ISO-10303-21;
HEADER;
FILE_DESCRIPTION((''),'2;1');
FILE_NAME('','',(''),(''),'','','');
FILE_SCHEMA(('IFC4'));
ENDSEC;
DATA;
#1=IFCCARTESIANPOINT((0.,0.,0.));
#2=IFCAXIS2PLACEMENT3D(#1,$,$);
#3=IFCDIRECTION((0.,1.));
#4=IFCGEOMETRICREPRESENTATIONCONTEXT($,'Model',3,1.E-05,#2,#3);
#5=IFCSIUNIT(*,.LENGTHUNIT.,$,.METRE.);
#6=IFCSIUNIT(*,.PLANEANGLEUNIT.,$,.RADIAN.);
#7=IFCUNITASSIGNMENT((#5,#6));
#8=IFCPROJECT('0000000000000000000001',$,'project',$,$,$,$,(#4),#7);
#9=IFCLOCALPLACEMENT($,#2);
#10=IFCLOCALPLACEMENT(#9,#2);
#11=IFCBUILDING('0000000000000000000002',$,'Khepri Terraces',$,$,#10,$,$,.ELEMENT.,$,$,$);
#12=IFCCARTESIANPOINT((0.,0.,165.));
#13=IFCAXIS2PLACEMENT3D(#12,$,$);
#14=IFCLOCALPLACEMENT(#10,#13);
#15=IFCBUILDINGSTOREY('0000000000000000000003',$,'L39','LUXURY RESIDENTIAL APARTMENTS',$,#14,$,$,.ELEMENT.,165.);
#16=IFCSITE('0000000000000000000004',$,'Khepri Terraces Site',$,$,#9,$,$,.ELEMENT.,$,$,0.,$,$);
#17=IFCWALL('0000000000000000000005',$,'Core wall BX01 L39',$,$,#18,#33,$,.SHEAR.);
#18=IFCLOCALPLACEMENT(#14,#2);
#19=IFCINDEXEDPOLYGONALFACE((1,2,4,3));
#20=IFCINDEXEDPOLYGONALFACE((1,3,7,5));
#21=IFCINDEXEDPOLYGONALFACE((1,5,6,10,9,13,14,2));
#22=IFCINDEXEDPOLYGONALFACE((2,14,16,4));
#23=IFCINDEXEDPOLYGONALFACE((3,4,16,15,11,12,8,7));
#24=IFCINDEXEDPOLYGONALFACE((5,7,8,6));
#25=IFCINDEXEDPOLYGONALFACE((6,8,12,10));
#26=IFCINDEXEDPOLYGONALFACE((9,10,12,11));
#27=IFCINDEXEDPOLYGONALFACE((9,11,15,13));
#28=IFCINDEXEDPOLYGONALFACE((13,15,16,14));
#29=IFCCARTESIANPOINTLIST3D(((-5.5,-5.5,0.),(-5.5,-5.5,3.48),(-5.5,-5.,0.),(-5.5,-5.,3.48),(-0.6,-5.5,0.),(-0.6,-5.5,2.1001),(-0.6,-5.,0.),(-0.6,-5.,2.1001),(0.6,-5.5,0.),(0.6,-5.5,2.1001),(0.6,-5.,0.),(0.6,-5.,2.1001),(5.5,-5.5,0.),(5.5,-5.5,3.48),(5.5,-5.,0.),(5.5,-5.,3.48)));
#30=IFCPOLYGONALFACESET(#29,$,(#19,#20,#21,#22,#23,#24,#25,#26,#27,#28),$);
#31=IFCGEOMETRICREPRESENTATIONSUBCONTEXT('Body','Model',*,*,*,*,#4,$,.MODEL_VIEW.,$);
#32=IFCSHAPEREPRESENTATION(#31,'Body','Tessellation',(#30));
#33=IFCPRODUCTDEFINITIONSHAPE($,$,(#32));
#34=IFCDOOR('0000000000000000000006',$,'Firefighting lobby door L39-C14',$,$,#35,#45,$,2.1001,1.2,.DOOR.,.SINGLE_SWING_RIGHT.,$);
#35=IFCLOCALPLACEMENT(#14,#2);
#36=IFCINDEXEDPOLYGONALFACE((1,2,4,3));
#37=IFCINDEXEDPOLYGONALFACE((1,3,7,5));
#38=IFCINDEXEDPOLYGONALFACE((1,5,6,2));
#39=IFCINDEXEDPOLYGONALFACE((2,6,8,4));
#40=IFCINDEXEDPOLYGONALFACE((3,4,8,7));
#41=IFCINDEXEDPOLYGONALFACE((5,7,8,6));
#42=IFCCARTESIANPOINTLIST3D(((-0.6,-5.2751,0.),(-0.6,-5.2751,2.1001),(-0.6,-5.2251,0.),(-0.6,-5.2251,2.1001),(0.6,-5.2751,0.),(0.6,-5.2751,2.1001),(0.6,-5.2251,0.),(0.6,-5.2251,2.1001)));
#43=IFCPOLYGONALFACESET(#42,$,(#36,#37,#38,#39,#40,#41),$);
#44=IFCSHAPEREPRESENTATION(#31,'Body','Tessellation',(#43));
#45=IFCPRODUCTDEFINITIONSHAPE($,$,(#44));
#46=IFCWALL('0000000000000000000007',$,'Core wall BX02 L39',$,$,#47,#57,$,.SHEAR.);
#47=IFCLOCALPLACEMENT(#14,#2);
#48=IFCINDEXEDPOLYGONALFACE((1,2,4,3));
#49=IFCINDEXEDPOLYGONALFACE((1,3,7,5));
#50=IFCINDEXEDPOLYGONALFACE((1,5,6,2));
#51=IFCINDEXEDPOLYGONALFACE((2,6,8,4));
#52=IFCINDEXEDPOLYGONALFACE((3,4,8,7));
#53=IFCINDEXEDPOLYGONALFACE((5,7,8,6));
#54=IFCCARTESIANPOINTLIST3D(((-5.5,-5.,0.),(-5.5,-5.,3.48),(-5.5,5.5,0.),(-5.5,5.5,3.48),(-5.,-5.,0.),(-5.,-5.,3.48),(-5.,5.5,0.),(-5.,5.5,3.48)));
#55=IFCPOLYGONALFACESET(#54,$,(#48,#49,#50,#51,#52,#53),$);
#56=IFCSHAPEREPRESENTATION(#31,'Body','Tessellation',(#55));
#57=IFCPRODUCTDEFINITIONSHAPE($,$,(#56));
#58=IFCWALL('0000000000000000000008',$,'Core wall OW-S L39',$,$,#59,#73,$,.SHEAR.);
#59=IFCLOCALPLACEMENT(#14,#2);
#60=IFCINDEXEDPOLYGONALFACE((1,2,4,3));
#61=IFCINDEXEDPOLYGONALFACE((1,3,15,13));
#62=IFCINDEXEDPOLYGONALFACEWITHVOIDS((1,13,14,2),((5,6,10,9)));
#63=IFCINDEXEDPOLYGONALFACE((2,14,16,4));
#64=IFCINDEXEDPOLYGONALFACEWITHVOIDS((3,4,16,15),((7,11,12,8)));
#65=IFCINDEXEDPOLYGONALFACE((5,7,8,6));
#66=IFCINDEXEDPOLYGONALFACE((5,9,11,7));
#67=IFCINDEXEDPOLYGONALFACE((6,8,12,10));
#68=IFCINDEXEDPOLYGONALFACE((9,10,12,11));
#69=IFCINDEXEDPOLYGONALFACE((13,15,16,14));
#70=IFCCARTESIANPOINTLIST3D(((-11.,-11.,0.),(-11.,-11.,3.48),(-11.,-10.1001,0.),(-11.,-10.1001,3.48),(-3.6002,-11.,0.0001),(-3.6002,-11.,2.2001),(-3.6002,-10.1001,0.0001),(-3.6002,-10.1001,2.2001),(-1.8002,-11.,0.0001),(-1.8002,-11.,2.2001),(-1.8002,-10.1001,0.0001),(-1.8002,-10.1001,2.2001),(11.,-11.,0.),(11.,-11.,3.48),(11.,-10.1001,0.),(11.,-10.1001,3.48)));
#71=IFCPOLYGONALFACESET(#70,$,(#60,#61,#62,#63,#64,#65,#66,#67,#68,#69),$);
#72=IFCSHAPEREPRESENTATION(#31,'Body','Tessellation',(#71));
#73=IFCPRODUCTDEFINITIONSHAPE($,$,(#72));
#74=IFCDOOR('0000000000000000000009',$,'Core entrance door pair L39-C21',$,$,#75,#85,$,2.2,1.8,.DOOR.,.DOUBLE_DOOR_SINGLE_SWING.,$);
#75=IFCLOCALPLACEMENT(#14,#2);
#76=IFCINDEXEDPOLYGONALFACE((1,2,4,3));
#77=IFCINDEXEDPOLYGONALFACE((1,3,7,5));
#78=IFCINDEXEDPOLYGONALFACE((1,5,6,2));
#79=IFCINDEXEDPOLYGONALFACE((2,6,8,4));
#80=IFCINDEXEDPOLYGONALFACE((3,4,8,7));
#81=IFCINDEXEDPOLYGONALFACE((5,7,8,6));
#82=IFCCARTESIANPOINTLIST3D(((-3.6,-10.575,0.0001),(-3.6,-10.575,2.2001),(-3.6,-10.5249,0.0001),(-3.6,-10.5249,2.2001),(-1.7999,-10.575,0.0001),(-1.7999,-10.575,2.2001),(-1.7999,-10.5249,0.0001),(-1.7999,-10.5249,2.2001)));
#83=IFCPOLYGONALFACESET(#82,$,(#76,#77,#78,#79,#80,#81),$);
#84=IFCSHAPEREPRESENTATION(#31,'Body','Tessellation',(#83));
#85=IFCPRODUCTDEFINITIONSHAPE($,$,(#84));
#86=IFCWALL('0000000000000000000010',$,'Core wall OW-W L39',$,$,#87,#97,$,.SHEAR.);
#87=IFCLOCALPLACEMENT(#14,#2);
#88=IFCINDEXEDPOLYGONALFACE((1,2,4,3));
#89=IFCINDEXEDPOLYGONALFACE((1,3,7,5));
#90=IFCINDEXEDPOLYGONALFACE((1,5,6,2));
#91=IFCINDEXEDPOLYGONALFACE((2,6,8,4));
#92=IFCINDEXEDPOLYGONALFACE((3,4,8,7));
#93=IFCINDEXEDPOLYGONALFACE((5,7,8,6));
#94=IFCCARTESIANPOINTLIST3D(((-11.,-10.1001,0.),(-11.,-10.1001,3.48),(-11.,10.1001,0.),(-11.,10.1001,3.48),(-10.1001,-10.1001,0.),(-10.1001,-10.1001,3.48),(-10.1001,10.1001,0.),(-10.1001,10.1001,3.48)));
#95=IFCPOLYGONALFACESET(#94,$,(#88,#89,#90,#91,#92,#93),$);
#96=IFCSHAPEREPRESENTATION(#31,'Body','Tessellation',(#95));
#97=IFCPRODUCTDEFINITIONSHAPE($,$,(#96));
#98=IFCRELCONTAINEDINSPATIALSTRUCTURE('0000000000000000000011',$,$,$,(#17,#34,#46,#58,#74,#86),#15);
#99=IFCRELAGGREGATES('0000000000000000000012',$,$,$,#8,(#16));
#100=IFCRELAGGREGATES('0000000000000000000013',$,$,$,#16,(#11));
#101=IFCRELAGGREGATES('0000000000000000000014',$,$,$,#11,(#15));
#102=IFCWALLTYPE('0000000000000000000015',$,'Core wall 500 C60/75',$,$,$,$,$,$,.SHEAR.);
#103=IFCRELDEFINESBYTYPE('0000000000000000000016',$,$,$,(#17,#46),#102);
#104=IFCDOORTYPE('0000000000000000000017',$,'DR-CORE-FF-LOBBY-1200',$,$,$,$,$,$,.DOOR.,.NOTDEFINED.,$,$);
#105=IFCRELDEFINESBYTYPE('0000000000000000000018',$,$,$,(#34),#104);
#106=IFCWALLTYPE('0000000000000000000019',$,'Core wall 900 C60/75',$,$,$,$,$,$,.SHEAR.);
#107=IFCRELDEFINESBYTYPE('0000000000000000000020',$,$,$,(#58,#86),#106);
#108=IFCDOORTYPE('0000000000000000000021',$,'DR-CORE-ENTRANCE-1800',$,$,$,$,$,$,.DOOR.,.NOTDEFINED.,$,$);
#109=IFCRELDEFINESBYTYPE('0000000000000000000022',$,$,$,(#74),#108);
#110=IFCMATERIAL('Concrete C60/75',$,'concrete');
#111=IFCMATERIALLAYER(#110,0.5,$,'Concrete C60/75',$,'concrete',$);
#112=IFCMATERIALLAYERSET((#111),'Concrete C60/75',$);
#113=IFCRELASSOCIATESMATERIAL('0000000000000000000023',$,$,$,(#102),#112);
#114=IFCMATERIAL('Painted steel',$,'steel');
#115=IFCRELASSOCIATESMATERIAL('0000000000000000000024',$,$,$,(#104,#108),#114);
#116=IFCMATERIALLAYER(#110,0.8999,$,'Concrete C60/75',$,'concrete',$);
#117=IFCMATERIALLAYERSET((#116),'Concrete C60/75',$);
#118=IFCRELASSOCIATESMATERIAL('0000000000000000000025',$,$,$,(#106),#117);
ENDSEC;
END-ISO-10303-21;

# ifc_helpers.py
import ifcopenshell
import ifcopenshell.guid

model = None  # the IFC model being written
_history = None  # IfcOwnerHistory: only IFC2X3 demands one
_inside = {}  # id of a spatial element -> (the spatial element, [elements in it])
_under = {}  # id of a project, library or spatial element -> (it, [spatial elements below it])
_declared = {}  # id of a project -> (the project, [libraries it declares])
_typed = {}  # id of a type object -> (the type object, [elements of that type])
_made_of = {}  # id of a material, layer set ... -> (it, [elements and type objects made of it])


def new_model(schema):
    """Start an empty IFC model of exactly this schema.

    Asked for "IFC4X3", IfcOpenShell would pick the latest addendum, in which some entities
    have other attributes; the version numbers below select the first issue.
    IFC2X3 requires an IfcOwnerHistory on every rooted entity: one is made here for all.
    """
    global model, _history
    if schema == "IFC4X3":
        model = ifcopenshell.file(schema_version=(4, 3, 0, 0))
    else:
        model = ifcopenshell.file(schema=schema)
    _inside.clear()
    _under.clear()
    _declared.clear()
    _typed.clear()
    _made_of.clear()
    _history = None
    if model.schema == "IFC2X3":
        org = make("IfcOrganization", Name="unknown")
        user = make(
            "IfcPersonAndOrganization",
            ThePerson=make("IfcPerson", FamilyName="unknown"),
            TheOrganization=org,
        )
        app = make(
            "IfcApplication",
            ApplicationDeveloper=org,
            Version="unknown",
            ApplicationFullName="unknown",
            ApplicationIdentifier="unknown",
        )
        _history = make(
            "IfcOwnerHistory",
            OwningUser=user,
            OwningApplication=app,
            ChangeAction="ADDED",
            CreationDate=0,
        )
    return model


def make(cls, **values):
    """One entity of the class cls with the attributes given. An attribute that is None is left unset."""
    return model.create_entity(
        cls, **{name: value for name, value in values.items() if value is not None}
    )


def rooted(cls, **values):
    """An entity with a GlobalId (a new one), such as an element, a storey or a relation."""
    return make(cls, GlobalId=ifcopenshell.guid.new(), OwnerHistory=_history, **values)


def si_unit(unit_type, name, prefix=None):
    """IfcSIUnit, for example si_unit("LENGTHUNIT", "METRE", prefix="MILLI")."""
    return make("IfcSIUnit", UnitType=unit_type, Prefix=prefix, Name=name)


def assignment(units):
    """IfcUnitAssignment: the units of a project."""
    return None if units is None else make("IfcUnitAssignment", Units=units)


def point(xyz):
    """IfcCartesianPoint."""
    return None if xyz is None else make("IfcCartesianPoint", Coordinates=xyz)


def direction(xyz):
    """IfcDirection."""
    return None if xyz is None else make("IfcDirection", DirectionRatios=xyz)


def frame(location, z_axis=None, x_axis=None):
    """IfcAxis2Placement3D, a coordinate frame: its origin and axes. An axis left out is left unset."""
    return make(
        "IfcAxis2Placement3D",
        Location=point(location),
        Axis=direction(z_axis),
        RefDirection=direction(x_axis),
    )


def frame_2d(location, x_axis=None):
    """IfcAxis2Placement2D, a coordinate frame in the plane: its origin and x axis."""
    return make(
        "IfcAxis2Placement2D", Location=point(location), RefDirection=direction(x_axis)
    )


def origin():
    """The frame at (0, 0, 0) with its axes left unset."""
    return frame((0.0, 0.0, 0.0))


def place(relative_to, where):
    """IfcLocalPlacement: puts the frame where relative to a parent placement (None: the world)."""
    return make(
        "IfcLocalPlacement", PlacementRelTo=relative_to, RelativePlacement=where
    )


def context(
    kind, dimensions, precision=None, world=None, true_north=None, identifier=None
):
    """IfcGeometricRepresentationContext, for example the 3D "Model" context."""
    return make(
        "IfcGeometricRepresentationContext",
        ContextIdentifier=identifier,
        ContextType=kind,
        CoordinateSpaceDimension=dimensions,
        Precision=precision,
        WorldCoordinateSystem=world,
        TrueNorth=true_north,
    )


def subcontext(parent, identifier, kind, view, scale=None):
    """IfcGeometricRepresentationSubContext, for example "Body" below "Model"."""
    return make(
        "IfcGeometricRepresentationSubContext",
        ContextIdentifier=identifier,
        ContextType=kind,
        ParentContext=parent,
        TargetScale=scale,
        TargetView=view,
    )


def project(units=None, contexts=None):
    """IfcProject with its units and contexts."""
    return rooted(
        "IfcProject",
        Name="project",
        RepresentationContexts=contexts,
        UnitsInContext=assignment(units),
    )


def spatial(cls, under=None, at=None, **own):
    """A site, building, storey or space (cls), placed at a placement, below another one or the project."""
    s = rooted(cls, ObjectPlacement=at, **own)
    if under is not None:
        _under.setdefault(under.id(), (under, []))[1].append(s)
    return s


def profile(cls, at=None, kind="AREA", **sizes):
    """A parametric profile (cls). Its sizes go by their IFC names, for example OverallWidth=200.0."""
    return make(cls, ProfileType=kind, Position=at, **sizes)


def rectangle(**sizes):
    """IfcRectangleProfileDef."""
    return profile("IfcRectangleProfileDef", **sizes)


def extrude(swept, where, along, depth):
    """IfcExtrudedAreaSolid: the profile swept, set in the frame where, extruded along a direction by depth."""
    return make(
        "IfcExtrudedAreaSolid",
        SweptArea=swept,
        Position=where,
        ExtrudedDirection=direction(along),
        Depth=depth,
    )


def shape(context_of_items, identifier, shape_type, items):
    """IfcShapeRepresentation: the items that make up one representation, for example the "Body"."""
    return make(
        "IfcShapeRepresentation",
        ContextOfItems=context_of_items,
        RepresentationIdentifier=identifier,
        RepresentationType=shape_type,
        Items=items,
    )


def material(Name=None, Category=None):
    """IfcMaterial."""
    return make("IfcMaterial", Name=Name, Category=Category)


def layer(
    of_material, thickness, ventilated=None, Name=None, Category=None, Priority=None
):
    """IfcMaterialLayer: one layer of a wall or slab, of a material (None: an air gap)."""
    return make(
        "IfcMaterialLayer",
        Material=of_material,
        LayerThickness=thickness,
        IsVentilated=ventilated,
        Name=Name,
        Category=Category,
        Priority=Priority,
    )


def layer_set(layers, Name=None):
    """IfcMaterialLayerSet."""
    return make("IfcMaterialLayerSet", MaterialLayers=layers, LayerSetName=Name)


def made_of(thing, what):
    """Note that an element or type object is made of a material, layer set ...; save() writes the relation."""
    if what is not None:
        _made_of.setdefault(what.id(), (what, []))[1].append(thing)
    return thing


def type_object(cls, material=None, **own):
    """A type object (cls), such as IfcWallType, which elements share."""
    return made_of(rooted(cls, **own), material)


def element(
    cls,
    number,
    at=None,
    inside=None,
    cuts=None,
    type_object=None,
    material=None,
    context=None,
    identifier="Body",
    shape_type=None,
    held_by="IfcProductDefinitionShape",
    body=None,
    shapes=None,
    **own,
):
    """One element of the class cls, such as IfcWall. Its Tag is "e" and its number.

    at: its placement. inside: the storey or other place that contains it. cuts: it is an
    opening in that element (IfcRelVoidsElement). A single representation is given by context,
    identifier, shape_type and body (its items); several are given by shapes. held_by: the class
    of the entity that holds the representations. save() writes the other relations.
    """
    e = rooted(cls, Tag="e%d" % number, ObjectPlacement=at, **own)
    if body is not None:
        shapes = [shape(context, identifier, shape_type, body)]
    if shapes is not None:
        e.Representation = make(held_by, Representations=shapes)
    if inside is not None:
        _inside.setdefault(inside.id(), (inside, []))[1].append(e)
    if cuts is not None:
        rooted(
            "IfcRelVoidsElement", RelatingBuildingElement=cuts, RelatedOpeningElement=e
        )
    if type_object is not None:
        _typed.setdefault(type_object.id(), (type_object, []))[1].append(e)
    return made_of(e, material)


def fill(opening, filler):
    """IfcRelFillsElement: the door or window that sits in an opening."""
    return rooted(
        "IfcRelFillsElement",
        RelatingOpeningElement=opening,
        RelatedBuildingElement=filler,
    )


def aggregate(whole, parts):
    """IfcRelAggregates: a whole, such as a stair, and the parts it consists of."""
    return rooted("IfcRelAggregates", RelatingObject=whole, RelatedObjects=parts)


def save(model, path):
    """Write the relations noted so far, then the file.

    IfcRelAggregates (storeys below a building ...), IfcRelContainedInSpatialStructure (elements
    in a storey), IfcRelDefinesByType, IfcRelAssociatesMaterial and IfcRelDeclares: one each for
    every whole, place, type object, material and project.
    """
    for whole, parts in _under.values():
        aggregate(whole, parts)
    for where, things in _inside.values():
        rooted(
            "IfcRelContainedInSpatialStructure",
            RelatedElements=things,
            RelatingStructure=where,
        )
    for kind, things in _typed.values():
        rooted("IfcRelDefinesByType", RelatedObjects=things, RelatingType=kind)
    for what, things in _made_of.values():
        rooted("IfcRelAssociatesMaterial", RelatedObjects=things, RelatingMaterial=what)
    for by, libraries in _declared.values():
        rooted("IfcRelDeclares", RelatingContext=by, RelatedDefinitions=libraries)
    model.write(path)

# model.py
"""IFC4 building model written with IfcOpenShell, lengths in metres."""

from ifc_helpers import new_model, si_unit, direction, frame, frame_2d, origin, place, context, subcontext, project, spatial, rectangle, extrude, material, layer, layer_set, type_object, element, fill, save


model = new_model("IFC4")

# Units and contexts
model_context = context("Model", 3, precision=1e-05, world=origin(), true_north=direction((0.0, 1.0)))
body_context = subcontext(model_context, "Body", "Model", "MODEL_VIEW")
ifc_project = project(units=[si_unit("LENGTHUNIT", "METRE"), si_unit("PLANEANGLEUNIT", "RADIAN")], contexts=[model_context])

# Site, building, storey
site_placement = place(None, origin())
site = spatial("IfcSite", under=ifc_project, at=site_placement, Name="Khepri Terraces Site", CompositionType="ELEMENT", RefElevation=0.0)
building_placement = place(site_placement, origin())
building = spatial("IfcBuilding", under=site, at=building_placement, Name="Khepri Terraces", CompositionType="ELEMENT")
storey_placement = place(building_placement, frame((0.0, 0.0, 165.0)))
storey = spatial("IfcBuildingStorey", under=building, at=storey_placement, Name="L39", Description="LUXURY RESIDENTIAL APARTMENTS", CompositionType="ELEMENT", Elevation=165.0)

# Shared definitions
ifc_material_1 = material(Name="Concrete C60/75", Category="concrete")

# Shared definitions
ifc_material_2 = material(Name="Painted steel", Category="steel")

# Wall, opening, door
ifc_layer_1 = layer(ifc_material_1, 0.5, Name="Concrete C60/75", Category="concrete")
ifc_layer_set_1 = layer_set([ifc_layer_1], Name="Concrete C60/75")
wall_type_1 = type_object("IfcWallType", Name="Core wall 500 C60/75", PredefinedType="SHEAR", material=ifc_layer_set_1)
wall_1_placement = place(storey_placement, frame((-5.5, -5.25, 0.0), z_axis=(0.0, 0.0, 1.0), x_axis=(1.0, 0.0, 0.0)))
wall_1 = element("IfcWall", 1, at=wall_1_placement, inside=storey, type_object=wall_type_1, Name="Core wall BX01 L39", PredefinedType="SHEAR", context=body_context, shape_type="SweptSolid", body=[
    extrude(rectangle(XDim=11.0, YDim=0.5, at=frame_2d((5.5, 0.0))), origin(), (0.0, 0.0, 1.0), 3.48),
])
opening_1_placement = place(wall_1_placement, frame((4.8999, 0.0, 0.0)))
opening_1 = element("IfcOpeningElement", 2, at=opening_1_placement, cuts=wall_1, PredefinedType="OPENING", context=body_context, shape_type="SweptSolid", body=[
    extrude(rectangle(XDim=1.2, YDim=2.1001, at=frame_2d((0.6001, 1.05))), frame((0.0, 0.26, 0.0), z_axis=(0.0, -1.0, 0.0), x_axis=(1.0, 0.0, 0.0)), (0.0, 0.0, 1.0), 0.52),
])
door_type_1 = type_object("IfcDoorType", Name="DR-CORE-FF-LOBBY-1200", OperationType="NOTDEFINED", PredefinedType="DOOR", material=ifc_material_2)
door_1_placement = place(opening_1_placement, origin())
door_1 = element("IfcDoor", 3, at=door_1_placement, inside=storey, type_object=door_type_1, Name="Firefighting lobby door L39-C14", OperationType="SINGLE_SWING_RIGHT", OverallHeight=2.1001, OverallWidth=1.2, PredefinedType="DOOR", context=body_context, shape_type="SweptSolid", body=[
    extrude(rectangle(XDim=1.2, YDim=2.1001, at=frame_2d((0.6001, 1.05))), frame((0.0, 0.0249, 0.0), z_axis=(0.0, -1.0, 0.0), x_axis=(1.0, 0.0, 0.0)), (0.0, 0.0, 1.0), 0.05),
])
fill(opening_1, door_1)

# Wall
wall_2_placement = place(storey_placement, frame((-5.25, -5.0, 0.0), z_axis=(0.0, 0.0, 1.0), x_axis=(0.0, 1.0, 0.0)))
element("IfcWall", 4, at=wall_2_placement, inside=storey, type_object=wall_type_1, Name="Core wall BX02 L39", PredefinedType="SHEAR", context=body_context, shape_type="SweptSolid", body=[
    extrude(rectangle(XDim=10.5, YDim=0.5, at=frame_2d((5.25, 0.0))), origin(), (0.0, 0.0, 1.0), 3.48),
])

# Wall, opening, door
ifc_layer_2 = layer(ifc_material_1, 0.8999, Name="Concrete C60/75", Category="concrete")
ifc_layer_set_2 = layer_set([ifc_layer_2], Name="Concrete C60/75")
wall_type_2 = type_object("IfcWallType", Name="Core wall 900 C60/75", PredefinedType="SHEAR", material=ifc_layer_set_2)
wall_3_placement = place(storey_placement, frame((-11.0, -10.55, 0.0), z_axis=(0.0, 0.0, 1.0), x_axis=(1.0, 0.0, 0.0)))
wall_3 = element("IfcWall", 5, at=wall_3_placement, inside=storey, type_object=wall_type_2, Name="Core wall OW-S L39", PredefinedType="SHEAR", context=body_context, shape_type="SweptSolid", body=[
    extrude(rectangle(XDim=22.0, YDim=0.8999, at=frame_2d((11.0, 0.0))), origin(), (0.0, 0.0, 1.0), 3.48),
])
opening_2_placement = place(wall_3_placement, frame((7.3999, 0.0, 0.0)))
opening_2 = element("IfcOpeningElement", 6, at=opening_2_placement, cuts=wall_3, PredefinedType="OPENING", context=body_context, shape_type="SweptSolid", body=[
    extrude(rectangle(XDim=1.8, YDim=2.2, at=frame_2d((0.8999, 1.1001))), frame((0.0, 0.46, 0.0), z_axis=(0.0, -1.0, 0.0), x_axis=(1.0, 0.0, 0.0)), (0.0, 0.0, 1.0), 0.9199),
])
door_type_2 = type_object("IfcDoorType", Name="DR-CORE-ENTRANCE-1800", OperationType="NOTDEFINED", PredefinedType="DOOR", material=ifc_material_2)
door_2_placement = place(opening_2_placement, frame((1.8, 0.0, 0.0), z_axis=(0.0, 0.0, 1.0), x_axis=(-1.0, 0.0, 0.0)))
door_2 = element("IfcDoor", 7, at=door_2_placement, inside=storey, type_object=door_type_2, Name="Core entrance door pair L39-C21", OperationType="DOUBLE_DOOR_SINGLE_SWING", OverallHeight=2.2, OverallWidth=1.8, PredefinedType="DOOR", context=body_context, shape_type="SweptSolid", body=[
    extrude(rectangle(XDim=1.8, YDim=2.2, at=frame_2d((0.8999, 1.1001))), frame((0.0, 0.0249, 0.0), z_axis=(0.0, -1.0, 0.0), x_axis=(1.0, 0.0, 0.0)), (0.0, 0.0, 1.0), 0.05),
])
fill(opening_2, door_2)

# Wall
wall_4_placement = place(storey_placement, frame((-10.55, -10.1001, 0.0), z_axis=(0.0, 0.0, 1.0), x_axis=(0.0, 1.0, 0.0)))
element("IfcWall", 8, at=wall_4_placement, inside=storey, type_object=wall_type_2, Name="Core wall OW-W L39", PredefinedType="SHEAR", context=body_context, shape_type="SweptSolid", body=[
    extrude(rectangle(XDim=20.2002, YDim=0.8999, at=frame_2d((10.1001, 0.0))), origin(), (0.0, 0.0, 1.0), 3.48),
])

save(model, "model.ifc")
